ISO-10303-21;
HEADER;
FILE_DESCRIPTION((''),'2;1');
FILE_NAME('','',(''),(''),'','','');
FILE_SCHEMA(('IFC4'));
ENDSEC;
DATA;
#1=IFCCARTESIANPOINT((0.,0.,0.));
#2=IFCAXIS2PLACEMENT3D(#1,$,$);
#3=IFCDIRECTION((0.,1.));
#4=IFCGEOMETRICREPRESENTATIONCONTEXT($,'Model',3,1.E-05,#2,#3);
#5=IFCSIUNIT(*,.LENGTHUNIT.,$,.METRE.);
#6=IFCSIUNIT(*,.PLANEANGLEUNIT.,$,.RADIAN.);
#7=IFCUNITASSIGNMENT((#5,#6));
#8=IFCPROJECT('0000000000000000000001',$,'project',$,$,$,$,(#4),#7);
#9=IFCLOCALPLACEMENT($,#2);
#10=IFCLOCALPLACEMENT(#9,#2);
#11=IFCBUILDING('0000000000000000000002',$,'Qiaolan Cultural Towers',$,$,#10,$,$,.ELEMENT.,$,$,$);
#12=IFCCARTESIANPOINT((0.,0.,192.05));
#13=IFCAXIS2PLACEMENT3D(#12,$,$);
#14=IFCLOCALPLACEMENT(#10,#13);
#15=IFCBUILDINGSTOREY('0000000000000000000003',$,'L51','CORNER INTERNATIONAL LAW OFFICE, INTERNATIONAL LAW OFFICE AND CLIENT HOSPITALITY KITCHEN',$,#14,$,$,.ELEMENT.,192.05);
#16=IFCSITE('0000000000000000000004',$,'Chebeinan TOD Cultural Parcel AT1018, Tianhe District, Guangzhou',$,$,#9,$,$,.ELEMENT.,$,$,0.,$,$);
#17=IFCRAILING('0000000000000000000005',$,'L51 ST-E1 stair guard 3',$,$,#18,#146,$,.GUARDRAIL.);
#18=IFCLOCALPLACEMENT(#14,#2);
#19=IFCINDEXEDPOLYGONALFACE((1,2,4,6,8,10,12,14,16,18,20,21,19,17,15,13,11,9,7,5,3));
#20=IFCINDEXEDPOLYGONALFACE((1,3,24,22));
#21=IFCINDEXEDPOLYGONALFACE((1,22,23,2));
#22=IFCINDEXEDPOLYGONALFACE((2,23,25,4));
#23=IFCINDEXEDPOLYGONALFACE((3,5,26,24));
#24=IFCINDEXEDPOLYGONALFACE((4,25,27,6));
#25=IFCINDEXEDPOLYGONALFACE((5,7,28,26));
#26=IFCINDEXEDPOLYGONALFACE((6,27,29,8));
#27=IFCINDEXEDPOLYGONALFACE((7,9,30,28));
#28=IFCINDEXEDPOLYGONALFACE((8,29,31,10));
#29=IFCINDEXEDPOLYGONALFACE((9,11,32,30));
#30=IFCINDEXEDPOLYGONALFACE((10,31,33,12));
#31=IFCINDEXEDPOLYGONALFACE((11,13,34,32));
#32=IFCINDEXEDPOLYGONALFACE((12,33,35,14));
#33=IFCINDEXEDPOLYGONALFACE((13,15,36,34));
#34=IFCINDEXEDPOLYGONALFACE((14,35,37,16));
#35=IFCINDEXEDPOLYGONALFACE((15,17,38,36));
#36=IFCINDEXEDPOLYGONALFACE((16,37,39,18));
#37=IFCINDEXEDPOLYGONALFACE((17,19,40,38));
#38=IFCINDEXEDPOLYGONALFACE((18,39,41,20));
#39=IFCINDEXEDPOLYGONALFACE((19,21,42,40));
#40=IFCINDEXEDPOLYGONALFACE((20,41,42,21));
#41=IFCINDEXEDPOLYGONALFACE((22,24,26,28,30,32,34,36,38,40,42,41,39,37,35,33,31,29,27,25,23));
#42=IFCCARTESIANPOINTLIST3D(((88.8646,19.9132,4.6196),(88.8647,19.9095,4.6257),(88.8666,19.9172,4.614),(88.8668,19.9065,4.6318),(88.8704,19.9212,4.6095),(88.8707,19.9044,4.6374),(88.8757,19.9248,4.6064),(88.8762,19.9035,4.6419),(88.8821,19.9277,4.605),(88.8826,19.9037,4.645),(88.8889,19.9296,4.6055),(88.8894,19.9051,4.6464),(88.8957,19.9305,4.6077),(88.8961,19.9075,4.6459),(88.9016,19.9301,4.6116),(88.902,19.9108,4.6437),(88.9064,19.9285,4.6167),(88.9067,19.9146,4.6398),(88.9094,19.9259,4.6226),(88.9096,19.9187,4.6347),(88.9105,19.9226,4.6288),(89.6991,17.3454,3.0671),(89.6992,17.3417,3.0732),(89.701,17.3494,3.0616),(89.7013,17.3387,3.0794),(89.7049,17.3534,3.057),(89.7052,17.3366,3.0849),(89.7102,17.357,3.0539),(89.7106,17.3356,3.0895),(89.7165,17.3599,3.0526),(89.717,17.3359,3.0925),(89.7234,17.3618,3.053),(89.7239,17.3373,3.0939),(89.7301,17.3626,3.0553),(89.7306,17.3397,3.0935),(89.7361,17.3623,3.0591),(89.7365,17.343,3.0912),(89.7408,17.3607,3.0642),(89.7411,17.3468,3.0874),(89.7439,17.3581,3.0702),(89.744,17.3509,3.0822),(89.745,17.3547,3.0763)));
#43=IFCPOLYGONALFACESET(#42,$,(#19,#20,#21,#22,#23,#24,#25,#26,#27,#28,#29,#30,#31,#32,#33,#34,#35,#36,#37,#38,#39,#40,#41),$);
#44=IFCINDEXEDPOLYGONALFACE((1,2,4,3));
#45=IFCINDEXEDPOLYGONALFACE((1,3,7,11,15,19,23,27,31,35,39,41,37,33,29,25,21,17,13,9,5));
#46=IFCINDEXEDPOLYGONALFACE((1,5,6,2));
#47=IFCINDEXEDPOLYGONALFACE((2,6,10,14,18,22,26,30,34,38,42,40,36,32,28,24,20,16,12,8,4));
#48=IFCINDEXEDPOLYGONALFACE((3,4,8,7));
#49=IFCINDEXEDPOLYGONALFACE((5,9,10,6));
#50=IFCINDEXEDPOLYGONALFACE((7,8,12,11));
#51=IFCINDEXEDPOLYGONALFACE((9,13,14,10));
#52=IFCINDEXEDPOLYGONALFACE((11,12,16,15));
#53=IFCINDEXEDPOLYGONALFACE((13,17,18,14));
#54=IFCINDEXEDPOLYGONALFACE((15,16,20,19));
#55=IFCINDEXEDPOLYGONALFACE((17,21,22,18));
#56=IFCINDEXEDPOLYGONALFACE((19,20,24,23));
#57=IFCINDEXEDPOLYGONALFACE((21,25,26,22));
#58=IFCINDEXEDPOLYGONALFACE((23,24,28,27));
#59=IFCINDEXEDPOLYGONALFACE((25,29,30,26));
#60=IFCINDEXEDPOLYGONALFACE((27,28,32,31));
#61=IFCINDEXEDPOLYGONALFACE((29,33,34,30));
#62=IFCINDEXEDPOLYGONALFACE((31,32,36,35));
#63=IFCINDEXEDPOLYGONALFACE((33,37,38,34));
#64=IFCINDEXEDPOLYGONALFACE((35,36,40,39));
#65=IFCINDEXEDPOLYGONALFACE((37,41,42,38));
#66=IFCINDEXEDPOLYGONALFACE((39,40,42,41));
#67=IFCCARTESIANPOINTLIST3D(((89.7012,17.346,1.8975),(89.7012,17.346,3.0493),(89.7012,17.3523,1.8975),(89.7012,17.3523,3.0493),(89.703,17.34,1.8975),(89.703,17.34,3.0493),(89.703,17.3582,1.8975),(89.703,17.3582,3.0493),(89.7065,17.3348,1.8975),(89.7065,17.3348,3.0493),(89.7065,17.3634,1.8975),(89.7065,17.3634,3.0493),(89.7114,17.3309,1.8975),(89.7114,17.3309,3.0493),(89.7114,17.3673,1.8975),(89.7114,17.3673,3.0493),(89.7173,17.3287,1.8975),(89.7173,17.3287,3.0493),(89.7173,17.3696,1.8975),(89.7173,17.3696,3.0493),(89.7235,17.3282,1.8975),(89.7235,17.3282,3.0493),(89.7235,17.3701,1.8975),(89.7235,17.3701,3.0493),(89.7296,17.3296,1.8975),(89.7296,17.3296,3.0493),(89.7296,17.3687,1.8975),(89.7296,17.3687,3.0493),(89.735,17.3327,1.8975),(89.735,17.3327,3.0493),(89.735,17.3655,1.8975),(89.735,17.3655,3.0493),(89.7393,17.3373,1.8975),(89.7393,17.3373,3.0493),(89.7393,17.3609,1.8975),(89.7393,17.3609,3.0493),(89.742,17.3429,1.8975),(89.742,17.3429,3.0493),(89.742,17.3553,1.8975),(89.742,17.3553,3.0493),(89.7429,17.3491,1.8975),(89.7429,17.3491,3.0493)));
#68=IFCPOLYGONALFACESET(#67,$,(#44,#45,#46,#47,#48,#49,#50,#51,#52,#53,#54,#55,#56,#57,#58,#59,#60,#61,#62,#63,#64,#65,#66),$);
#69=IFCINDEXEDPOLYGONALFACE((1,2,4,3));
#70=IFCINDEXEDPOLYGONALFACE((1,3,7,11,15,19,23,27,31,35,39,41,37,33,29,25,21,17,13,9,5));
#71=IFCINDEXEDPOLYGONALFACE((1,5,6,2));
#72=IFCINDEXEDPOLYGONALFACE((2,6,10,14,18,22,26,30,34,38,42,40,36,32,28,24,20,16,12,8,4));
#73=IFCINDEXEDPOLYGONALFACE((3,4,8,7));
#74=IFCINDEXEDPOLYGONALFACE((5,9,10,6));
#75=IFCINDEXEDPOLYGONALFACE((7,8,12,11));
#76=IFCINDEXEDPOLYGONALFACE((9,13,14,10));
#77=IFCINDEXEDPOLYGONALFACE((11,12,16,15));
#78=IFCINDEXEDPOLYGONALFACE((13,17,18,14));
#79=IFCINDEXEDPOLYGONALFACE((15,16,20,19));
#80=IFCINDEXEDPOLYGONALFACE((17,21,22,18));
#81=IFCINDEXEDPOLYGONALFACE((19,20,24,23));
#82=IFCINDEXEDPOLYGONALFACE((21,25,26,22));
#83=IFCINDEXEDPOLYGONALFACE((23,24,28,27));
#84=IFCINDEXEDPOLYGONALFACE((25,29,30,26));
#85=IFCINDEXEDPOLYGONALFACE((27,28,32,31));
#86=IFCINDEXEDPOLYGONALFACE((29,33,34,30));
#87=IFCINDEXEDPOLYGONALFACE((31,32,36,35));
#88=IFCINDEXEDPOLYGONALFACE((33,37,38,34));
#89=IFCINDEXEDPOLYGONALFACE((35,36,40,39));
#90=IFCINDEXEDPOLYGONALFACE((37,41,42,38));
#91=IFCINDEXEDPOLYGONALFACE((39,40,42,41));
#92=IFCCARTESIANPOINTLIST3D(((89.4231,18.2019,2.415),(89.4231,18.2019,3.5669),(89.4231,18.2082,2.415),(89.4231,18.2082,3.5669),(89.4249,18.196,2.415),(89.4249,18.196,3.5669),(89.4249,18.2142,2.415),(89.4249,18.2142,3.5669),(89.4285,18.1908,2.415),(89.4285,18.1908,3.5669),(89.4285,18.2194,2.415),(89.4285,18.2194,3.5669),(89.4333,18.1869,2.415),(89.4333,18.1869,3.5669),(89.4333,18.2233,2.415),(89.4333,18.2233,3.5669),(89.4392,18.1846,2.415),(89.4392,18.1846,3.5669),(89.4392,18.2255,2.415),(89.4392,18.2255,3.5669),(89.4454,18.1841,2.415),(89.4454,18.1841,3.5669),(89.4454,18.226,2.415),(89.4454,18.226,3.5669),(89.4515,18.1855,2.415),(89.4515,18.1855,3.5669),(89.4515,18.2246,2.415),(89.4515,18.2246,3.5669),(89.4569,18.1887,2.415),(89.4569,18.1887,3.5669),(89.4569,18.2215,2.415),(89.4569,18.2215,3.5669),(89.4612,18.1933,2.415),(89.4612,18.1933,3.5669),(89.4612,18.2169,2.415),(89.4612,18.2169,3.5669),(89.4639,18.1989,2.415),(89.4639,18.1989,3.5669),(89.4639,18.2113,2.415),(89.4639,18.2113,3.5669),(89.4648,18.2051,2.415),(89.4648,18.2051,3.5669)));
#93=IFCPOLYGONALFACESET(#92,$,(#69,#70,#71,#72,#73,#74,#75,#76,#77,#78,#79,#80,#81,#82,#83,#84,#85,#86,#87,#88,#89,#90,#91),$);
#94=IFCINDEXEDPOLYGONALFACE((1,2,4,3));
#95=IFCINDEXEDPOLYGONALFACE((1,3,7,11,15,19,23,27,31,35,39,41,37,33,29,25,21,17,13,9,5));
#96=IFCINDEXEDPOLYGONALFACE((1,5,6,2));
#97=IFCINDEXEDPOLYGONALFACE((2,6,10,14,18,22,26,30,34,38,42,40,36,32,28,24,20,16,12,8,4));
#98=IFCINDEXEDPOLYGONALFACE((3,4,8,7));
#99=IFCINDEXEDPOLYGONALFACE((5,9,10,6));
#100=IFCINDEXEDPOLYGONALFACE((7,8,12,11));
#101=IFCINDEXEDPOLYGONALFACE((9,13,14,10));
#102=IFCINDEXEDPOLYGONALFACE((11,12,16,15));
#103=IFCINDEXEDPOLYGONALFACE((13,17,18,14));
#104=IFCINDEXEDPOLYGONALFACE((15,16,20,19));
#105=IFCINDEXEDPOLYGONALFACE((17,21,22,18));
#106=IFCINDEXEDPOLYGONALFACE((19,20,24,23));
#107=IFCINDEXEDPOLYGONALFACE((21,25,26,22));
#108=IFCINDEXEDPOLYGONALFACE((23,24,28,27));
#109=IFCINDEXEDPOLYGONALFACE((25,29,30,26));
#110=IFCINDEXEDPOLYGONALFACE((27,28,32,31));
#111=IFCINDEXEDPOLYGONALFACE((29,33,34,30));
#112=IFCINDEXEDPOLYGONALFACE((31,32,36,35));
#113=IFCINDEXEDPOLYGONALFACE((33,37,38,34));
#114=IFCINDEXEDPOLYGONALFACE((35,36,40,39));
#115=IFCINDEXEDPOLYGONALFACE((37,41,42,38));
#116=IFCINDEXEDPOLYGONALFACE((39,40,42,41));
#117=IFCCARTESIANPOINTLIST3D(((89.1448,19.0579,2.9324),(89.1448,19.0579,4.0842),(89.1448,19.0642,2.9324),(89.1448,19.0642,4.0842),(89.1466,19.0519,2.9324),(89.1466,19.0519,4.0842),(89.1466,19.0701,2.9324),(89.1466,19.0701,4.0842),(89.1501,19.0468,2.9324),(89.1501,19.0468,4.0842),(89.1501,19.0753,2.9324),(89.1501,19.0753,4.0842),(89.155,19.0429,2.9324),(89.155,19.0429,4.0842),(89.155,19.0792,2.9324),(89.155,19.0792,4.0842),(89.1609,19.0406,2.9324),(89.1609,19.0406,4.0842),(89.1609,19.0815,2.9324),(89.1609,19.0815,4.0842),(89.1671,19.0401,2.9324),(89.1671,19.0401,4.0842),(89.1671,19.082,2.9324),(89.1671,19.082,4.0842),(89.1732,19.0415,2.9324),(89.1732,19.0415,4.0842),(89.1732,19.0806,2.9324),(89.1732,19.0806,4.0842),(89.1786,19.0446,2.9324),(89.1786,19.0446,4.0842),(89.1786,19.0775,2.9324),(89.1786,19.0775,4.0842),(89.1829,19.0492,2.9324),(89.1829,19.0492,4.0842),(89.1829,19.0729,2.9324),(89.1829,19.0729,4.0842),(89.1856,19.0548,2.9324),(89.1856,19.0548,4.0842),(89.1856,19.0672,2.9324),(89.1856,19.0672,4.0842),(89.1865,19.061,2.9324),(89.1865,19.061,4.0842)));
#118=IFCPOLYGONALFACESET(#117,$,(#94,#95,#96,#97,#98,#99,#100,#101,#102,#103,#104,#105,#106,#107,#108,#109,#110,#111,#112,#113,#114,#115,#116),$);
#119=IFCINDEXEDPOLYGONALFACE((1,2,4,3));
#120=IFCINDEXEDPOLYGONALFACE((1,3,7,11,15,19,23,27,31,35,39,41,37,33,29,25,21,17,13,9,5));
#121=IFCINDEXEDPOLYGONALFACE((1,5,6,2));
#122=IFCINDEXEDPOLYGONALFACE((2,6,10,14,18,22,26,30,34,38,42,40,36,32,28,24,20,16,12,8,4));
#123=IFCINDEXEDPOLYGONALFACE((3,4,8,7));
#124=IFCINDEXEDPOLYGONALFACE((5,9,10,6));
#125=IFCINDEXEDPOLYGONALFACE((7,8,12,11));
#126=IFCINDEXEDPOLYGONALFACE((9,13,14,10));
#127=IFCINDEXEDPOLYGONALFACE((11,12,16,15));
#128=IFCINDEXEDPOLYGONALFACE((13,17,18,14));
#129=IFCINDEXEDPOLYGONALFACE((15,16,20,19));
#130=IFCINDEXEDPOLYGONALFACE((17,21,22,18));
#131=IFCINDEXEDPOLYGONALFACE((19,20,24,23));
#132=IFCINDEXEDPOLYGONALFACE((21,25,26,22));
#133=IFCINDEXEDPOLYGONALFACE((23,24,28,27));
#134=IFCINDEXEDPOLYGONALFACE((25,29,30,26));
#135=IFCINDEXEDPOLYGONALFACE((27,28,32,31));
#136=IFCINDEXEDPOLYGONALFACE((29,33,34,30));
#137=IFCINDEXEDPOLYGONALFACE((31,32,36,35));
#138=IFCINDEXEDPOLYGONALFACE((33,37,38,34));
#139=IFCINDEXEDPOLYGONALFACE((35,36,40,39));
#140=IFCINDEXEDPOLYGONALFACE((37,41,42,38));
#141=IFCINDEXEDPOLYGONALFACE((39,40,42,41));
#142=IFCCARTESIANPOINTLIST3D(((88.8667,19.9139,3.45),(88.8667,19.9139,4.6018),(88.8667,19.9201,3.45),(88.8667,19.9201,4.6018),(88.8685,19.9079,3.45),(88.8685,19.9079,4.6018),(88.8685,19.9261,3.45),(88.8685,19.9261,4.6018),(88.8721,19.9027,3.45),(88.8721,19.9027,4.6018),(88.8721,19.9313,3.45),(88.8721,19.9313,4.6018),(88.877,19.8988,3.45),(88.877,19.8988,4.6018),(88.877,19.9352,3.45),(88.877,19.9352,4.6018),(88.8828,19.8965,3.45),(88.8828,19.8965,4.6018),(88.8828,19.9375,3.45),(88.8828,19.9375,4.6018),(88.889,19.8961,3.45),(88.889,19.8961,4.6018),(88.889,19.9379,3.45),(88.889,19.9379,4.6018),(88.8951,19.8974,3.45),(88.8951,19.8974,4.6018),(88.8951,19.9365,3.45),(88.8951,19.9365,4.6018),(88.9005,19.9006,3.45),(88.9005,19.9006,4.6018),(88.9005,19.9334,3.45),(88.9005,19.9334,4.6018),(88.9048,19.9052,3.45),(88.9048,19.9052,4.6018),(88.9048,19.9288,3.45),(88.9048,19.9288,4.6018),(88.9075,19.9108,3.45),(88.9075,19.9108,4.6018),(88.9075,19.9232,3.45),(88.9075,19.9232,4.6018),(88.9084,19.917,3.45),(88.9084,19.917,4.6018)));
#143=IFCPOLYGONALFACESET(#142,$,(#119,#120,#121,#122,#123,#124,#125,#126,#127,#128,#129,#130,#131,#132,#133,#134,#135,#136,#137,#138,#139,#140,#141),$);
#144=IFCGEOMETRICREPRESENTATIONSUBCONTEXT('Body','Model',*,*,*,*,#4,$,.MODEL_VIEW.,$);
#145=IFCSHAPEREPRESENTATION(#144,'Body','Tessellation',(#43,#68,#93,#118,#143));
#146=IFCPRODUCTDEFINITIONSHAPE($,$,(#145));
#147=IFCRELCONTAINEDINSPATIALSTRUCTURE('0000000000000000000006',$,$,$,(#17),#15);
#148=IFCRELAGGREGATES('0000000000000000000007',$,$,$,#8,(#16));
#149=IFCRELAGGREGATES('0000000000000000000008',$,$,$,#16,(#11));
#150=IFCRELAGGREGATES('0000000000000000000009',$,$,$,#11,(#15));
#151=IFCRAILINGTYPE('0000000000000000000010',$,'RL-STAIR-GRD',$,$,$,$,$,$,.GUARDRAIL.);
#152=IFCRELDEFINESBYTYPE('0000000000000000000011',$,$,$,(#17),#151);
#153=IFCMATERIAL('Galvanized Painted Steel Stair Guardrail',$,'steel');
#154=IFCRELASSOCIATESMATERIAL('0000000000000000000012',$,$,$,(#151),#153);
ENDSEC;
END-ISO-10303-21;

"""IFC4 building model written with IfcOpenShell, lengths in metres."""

from ifc_helpers import new_model, si_unit, direction, frame, origin, origin_2d, place, context, subcontext, project, spatial, circle, extrude, material, type_object, element, save


model = new_model("IFC4")

# Units and contexts
model_context = context("Model", 3, precision=1e-05, world=origin(), true_north=direction((0.0, 1.0)))
body_context = subcontext(model_context, "Body", "Model", "MODEL_VIEW")
ifc_project = project(units=[si_unit("LENGTHUNIT", "METRE"), si_unit("PLANEANGLEUNIT", "RADIAN")], contexts=[model_context])

# Site, building, storey
site_placement = place(None, origin())
site = spatial("IfcSite", under=ifc_project, at=site_placement, Name="Chebeinan TOD Cultural Parcel AT1018, Tianhe District, Guangzhou", CompositionType="ELEMENT", RefElevation=0.0)
building_placement = place(site_placement, origin())
building = spatial("IfcBuilding", under=site, at=building_placement, Name="Qiaolan Cultural Towers", CompositionType="ELEMENT")
storey_placement = place(building_placement, frame((0.0, 0.0, 192.05)))
storey = spatial("IfcBuildingStorey", under=building, at=storey_placement, Name="L51", Description="CORNER INTERNATIONAL LAW OFFICE, INTERNATIONAL LAW OFFICE AND CLIENT HOSPITALITY KITCHEN", CompositionType="ELEMENT", Elevation=192.05)

# Railing
ifc_material_1 = material(Name="Galvanized Painted Steel Stair Guardrail", Category="steel")
railing_type_1 = type_object("IfcRailingType", Name="RL-STAIR-GRD", PredefinedType="GUARDRAIL", material=ifc_material_1)
railing_1_placement = place(storey_placement, frame((89.7219, 17.3491, 1.8975)))
element("IfcRailing", 1, at=railing_1_placement, inside=storey, type_object=railing_type_1, Name="L51 ST-E1 stair guard 3", PredefinedType="GUARDRAIL", context=body_context, shape_type="SweptSolid", body=[
    extrude(circle(Radius=0.0239, at=origin_2d()), frame((0.0, 0.0, 1.1758), z_axis=(-0.267926, 0.824471, 0.498461), x_axis=(-0.951043, -0.309057, 0.0)), (0.0, 0.0, 1.0), 3.1145),
    extrude(circle(Radius=0.021, at=origin_2d()), origin(), (0.0, 0.0, 1.0), 1.1519),
    extrude(circle(Radius=0.021, at=origin_2d()), frame((-0.2781, 0.856, 0.5176)), (0.0, 0.0, 1.0), 1.1519),
    extrude(circle(Radius=0.021, at=origin_2d()), frame((-0.5564, 1.7119, 1.0349)), (0.0, 0.0, 1.0), 1.1519),
    extrude(circle(Radius=0.021, at=origin_2d()), frame((-0.8345, 2.5679, 1.5525)), (0.0, 0.0, 1.0), 1.1519),
])

save(model, "model.ifc")
